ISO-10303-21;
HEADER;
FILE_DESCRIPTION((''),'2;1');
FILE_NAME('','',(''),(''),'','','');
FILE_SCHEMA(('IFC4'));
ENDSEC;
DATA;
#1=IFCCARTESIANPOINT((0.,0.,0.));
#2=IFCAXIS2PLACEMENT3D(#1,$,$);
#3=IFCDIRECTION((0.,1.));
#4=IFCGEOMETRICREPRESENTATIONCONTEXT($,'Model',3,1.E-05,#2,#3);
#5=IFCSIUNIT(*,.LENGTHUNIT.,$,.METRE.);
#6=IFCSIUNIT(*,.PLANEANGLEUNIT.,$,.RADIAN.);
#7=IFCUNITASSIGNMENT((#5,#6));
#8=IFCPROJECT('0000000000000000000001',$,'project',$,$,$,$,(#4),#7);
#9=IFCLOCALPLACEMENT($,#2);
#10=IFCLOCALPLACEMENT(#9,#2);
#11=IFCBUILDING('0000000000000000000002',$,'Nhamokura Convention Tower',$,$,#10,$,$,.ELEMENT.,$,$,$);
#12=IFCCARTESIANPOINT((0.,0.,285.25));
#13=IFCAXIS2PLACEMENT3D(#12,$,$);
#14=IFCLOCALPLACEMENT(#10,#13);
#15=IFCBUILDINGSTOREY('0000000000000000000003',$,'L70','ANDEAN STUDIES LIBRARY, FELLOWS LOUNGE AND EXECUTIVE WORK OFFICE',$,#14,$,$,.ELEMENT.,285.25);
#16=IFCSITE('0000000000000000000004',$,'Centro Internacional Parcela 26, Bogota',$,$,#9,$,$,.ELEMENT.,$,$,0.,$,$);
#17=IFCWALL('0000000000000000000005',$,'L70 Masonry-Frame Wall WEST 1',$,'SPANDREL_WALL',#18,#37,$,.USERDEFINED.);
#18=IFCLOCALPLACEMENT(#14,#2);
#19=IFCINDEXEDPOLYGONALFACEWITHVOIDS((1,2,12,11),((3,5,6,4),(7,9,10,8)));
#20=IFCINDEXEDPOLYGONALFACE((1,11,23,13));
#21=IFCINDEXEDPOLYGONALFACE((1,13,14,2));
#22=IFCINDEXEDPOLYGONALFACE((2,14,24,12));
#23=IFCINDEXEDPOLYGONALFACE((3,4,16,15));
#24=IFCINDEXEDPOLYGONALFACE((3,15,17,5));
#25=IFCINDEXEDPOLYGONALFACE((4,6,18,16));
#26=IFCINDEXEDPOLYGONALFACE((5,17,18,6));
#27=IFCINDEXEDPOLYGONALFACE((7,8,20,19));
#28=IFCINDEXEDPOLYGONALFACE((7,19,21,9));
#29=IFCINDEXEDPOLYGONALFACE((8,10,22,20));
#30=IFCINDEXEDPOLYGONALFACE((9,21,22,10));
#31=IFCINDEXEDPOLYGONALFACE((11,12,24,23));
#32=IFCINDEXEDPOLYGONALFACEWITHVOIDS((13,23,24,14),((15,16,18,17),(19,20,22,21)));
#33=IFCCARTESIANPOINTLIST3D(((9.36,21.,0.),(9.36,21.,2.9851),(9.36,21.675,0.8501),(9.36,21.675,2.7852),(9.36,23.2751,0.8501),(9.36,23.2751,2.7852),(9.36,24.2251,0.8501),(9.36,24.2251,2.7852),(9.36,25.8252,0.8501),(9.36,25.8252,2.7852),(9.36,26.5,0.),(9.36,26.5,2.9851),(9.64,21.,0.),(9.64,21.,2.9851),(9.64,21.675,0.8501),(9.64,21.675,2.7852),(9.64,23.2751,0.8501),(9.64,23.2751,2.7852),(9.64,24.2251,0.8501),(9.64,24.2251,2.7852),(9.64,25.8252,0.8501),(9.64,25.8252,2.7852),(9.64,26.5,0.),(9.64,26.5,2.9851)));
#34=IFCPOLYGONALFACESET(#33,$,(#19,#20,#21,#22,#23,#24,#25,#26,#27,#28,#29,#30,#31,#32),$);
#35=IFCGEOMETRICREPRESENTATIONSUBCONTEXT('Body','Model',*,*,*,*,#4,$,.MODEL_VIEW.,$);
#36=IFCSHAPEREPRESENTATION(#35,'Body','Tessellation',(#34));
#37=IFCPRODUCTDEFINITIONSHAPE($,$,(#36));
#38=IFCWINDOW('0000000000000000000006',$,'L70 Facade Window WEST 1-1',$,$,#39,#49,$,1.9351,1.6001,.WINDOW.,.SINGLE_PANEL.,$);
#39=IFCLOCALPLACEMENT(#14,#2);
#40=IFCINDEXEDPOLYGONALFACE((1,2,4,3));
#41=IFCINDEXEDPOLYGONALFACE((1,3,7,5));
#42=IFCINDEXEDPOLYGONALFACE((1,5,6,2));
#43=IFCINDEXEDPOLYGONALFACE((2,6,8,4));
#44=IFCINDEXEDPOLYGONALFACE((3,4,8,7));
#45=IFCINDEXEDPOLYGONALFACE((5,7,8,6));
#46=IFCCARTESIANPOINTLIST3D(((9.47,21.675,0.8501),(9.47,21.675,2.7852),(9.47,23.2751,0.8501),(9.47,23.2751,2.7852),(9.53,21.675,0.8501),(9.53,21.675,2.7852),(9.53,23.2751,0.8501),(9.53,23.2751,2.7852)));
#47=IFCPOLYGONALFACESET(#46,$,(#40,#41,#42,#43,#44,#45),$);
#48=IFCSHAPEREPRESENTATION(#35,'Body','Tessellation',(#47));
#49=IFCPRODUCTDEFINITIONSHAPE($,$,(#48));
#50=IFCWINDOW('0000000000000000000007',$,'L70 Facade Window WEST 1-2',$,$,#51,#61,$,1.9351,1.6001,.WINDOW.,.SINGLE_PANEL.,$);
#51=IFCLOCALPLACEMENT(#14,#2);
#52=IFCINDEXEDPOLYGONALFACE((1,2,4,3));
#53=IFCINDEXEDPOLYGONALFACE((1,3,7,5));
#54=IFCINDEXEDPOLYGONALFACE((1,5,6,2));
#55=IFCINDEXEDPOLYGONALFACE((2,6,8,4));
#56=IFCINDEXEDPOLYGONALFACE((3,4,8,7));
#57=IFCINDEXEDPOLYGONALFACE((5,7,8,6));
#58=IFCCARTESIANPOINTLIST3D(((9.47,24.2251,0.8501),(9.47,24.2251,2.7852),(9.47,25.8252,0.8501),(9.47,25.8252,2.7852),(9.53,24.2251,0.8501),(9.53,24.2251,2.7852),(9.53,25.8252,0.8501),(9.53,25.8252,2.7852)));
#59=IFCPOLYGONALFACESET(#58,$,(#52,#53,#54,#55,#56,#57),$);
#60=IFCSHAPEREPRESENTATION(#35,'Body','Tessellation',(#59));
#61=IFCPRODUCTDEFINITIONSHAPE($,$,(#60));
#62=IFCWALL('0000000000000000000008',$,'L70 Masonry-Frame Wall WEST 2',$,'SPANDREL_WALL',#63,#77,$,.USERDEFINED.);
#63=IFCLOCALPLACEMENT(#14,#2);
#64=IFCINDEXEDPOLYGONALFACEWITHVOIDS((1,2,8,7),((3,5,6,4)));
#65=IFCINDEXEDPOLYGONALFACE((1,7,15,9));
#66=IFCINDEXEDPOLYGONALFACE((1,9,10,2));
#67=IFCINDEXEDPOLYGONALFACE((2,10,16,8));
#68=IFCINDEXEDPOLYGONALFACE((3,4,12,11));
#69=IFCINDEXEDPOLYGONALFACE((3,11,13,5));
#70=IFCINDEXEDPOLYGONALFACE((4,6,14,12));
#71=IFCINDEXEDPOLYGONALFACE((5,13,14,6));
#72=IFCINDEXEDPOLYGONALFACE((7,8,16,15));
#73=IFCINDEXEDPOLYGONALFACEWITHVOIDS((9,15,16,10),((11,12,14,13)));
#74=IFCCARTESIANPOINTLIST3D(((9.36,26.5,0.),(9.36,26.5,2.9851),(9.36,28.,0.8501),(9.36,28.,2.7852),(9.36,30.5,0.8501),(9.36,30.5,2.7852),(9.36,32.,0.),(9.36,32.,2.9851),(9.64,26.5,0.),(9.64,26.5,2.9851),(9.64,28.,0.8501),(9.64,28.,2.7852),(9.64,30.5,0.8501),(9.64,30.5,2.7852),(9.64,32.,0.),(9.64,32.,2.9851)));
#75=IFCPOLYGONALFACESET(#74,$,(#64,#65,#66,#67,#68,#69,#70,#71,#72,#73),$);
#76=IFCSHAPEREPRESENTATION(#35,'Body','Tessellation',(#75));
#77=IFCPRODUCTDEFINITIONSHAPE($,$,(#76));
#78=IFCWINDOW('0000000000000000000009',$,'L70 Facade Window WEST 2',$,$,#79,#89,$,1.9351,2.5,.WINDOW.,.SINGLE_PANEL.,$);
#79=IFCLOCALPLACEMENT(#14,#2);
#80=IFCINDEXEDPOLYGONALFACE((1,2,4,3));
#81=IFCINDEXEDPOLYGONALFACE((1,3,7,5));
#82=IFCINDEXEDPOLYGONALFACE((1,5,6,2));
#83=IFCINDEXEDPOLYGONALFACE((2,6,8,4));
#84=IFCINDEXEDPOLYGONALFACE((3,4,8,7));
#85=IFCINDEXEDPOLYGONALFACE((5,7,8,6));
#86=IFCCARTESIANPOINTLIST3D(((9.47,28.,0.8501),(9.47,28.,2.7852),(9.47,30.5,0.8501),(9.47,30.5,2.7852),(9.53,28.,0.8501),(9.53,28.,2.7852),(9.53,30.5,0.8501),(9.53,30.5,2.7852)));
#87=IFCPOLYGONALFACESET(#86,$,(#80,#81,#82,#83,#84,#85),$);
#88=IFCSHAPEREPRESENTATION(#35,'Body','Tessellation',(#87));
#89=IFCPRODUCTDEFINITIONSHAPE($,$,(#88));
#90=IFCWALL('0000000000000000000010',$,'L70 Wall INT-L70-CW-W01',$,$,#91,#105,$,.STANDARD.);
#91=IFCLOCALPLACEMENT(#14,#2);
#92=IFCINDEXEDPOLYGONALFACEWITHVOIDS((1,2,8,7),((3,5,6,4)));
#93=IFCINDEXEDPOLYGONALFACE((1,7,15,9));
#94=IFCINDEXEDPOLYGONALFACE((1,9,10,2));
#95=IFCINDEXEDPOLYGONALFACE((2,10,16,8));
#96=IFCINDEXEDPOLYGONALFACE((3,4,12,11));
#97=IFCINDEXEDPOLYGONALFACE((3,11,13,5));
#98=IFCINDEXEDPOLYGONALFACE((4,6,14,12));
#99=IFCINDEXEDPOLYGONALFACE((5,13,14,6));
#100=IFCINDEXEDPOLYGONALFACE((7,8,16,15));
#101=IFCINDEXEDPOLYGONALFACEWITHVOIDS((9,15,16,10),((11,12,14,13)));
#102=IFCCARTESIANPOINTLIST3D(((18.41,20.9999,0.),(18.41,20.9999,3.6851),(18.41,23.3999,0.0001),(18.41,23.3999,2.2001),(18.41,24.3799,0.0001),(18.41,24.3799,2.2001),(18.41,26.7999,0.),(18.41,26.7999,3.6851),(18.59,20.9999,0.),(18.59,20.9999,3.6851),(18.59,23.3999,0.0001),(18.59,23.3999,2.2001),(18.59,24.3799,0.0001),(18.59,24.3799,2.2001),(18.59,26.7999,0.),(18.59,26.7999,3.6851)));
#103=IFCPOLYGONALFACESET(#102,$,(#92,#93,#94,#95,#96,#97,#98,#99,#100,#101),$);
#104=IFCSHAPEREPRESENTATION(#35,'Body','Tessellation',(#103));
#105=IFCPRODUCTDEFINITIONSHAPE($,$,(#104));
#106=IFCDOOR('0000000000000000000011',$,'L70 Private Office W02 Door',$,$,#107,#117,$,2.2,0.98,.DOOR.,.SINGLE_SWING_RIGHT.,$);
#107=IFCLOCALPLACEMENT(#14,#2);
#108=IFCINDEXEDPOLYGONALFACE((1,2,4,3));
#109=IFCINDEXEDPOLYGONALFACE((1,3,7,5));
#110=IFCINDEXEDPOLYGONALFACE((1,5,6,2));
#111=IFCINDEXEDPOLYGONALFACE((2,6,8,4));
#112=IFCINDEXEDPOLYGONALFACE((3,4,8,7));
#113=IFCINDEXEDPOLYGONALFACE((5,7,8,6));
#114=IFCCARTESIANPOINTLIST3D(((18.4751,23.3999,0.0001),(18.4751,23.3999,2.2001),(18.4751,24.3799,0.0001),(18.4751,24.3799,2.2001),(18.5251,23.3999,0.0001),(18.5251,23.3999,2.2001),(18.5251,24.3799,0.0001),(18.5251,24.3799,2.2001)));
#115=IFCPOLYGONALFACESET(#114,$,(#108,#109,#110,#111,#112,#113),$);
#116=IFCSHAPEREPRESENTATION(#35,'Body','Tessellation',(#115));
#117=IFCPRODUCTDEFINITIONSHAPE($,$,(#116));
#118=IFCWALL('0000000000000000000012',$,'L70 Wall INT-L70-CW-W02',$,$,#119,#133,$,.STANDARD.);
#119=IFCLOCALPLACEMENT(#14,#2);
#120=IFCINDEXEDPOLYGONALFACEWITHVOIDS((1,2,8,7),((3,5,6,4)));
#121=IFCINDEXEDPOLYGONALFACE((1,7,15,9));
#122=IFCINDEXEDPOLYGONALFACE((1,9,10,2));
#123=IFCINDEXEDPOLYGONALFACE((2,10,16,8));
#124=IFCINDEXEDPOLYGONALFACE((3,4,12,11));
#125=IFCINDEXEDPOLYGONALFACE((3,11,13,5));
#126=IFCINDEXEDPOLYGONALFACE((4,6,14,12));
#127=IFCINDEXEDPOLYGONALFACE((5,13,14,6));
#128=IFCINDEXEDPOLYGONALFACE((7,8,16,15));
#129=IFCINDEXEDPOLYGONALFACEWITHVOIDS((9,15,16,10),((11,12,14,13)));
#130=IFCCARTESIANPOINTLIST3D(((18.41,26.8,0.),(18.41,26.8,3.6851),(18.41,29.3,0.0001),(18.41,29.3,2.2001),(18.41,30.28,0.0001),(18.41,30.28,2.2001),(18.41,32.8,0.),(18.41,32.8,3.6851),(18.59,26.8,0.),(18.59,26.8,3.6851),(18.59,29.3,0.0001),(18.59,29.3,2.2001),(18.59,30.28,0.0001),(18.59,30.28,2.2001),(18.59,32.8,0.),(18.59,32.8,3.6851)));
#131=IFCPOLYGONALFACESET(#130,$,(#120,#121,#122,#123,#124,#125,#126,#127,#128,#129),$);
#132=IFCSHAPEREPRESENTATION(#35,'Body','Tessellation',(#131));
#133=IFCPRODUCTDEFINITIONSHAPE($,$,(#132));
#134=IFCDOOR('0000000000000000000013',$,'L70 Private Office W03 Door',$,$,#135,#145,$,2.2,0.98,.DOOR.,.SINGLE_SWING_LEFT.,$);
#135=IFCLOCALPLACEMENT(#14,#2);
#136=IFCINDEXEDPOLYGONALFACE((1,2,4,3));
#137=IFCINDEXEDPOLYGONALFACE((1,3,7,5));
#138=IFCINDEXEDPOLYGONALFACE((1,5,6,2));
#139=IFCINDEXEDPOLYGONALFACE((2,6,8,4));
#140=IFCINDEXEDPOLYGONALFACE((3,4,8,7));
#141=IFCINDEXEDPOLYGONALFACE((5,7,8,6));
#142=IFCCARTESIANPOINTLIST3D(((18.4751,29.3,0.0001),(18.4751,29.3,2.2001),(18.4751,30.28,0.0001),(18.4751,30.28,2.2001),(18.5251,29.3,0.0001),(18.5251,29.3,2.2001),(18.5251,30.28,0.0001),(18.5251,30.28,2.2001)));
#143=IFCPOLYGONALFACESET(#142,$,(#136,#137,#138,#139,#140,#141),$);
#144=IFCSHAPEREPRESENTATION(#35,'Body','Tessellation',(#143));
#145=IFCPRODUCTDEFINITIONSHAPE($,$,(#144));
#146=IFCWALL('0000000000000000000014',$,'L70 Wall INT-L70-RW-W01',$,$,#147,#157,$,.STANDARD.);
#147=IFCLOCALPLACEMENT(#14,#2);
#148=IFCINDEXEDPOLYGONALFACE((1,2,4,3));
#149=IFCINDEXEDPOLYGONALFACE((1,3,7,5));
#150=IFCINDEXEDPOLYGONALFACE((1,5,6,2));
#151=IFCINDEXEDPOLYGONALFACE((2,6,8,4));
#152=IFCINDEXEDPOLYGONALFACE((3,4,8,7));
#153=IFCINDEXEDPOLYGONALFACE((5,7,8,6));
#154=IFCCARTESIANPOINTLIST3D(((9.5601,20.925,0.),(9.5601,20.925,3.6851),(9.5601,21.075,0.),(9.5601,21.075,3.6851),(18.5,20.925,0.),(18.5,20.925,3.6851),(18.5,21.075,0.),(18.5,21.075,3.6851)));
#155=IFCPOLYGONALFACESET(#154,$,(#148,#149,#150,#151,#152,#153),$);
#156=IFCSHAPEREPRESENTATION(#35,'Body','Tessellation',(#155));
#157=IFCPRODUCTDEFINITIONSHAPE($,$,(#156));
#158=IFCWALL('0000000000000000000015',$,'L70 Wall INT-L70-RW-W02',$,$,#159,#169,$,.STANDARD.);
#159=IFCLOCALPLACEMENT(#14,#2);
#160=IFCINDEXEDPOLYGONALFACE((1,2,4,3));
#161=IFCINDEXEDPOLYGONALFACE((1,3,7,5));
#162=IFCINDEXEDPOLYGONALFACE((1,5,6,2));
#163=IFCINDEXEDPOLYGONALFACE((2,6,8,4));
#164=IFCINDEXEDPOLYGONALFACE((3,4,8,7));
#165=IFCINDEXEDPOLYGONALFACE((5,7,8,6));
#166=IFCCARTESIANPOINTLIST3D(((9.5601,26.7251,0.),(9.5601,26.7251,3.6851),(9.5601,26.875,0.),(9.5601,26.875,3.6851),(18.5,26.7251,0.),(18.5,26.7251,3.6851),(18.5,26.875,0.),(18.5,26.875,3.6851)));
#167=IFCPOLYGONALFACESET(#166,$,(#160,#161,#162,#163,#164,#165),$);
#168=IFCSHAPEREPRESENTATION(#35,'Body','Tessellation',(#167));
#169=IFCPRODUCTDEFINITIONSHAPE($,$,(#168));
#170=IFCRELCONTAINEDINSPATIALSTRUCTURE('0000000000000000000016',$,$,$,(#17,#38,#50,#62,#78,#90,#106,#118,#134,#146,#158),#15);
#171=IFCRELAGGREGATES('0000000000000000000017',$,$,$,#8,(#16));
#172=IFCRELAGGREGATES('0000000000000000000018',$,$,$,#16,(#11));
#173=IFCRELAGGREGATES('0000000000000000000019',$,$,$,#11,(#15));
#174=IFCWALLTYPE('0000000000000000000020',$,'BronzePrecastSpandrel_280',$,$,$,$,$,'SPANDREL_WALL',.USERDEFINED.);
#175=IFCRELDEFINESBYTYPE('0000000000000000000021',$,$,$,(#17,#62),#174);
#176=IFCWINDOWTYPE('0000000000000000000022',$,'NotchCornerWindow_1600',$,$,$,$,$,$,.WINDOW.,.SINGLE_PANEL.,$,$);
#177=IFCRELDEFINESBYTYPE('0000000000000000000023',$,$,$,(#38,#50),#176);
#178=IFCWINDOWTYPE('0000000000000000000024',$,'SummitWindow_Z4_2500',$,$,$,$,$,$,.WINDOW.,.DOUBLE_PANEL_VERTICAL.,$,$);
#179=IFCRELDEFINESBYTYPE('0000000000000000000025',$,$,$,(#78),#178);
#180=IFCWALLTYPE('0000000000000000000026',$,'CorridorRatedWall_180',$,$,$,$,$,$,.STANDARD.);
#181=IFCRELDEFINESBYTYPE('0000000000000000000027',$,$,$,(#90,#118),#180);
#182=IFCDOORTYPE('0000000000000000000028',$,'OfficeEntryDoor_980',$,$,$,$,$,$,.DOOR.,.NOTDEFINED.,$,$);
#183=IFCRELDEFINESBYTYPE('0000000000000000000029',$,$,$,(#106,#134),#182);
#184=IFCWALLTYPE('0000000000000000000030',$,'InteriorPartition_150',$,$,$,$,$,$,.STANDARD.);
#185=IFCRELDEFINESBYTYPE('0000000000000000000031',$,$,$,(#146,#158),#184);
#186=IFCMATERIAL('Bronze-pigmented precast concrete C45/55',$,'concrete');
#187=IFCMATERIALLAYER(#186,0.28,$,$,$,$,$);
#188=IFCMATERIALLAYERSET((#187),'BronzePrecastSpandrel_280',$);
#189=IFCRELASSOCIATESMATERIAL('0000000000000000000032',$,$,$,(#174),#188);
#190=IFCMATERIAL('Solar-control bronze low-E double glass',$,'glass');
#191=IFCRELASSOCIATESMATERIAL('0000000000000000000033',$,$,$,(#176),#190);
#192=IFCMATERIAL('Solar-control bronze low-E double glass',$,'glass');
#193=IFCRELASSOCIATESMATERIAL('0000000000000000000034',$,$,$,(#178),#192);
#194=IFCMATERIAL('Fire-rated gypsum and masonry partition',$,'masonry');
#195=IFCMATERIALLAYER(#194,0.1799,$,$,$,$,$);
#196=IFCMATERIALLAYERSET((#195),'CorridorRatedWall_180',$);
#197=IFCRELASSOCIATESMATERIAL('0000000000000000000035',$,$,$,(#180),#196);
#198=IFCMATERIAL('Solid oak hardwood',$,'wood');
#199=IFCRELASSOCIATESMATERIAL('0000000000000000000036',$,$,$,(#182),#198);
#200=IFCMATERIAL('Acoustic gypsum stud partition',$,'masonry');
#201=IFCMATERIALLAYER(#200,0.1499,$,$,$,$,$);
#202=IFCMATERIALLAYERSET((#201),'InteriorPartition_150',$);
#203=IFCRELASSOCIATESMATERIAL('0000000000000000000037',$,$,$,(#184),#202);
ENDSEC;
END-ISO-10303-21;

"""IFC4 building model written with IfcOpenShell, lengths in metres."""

from ifc_helpers import new_model, si_unit, direction, frame, frame_2d, origin, place, context, subcontext, project, spatial, rectangle, extrude, material, layer, layer_set, type_object, element, fill, save


model = new_model("IFC4")

# Units and contexts
model_context = context("Model", 3, precision=1e-05, world=origin(), true_north=direction((0.0, 1.0)))
body_context = subcontext(model_context, "Body", "Model", "MODEL_VIEW")
ifc_project = project(units=[si_unit("LENGTHUNIT", "METRE"), si_unit("PLANEANGLEUNIT", "RADIAN")], contexts=[model_context])

# Site, building, storey
site_placement = place(None, origin())
site = spatial("IfcSite", under=ifc_project, at=site_placement, Name="Centro Internacional Parcela 26, Bogota", CompositionType="ELEMENT", RefElevation=0.0)
building_placement = place(site_placement, origin())
building = spatial("IfcBuilding", under=site, at=building_placement, Name="Nhamokura Convention Tower", CompositionType="ELEMENT")
storey_placement = place(building_placement, frame((0.0, 0.0, 285.25)))
storey = spatial("IfcBuildingStorey", under=building, at=storey_placement, Name="L70", Description="ANDEAN STUDIES LIBRARY, FELLOWS LOUNGE AND EXECUTIVE WORK OFFICE", CompositionType="ELEMENT", Elevation=285.25)

# Wall, openings, windows
ifc_material_1 = material(Name="Bronze-pigmented precast concrete C45/55", Category="concrete")
ifc_layer_1 = layer(ifc_material_1, 0.28)
ifc_layer_set_1 = layer_set([ifc_layer_1], Name="BronzePrecastSpandrel_280")
wall_type_1 = type_object("IfcWallType", Name="BronzePrecastSpandrel_280", ElementType="SPANDREL_WALL", PredefinedType="USERDEFINED", material=ifc_layer_set_1)
wall_1_placement = place(storey_placement, frame((9.5, 21.0, 0.0), z_axis=(0.0, 0.0, 1.0), x_axis=(0.0, 1.0, 0.0)))
wall_1 = element("IfcWall", 1, at=wall_1_placement, inside=storey, type_object=wall_type_1, Name="L70 Masonry-Frame Wall WEST 1", ObjectType="SPANDREL_WALL", PredefinedType="USERDEFINED", context=body_context, shape_type="SweptSolid", body=[
    extrude(rectangle(XDim=5.5, YDim=0.28, at=frame_2d((2.75, 0.0))), origin(), (0.0, 0.0, 1.0), 2.9851),
])
opening_1_placement = place(wall_1_placement, frame((0.675, 0.0, 0.8501)))
opening_1 = element("IfcOpeningElement", 2, at=opening_1_placement, cuts=wall_1, PredefinedType="OPENING", context=body_context, shape_type="SweptSolid", body=[
    extrude(rectangle(XDim=1.6001, YDim=1.9351, at=frame_2d((0.8, 0.9675))), frame((0.0, 0.1499, 0.0), z_axis=(0.0, -1.0, 0.0), x_axis=(1.0, 0.0, 0.0)), (0.0, 0.0, 1.0), 0.3),
])
opening_2_placement = place(wall_1_placement, frame((3.2251, 0.0, 0.8501)))
opening_2 = element("IfcOpeningElement", 3, at=opening_2_placement, cuts=wall_1, PredefinedType="OPENING", context=body_context, shape_type="SweptSolid", body=[
    extrude(rectangle(XDim=1.6001, YDim=1.9351, at=frame_2d((0.8, 0.9675))), frame((0.0, 0.1499, 0.0), z_axis=(0.0, -1.0, 0.0), x_axis=(1.0, 0.0, 0.0)), (0.0, 0.0, 1.0), 0.3),
])
ifc_material_2 = material(Name="Solar-control bronze low-E double glass", Category="glass")
window_type_1 = type_object("IfcWindowType", Name="NotchCornerWindow_1600", PartitioningType="SINGLE_PANEL", PredefinedType="WINDOW", material=ifc_material_2)
window_1_placement = place(opening_1_placement, origin())
window_1 = element("IfcWindow", 4, at=window_1_placement, inside=storey, type_object=window_type_1, Name="L70 Facade Window WEST 1-1", OverallHeight=1.9351, OverallWidth=1.6001, PartitioningType="SINGLE_PANEL", PredefinedType="WINDOW", context=body_context, shape_type="SweptSolid", body=[
    extrude(rectangle(XDim=1.6001, YDim=1.9351, at=frame_2d((0.8, 0.9675))), frame((0.0, 0.03, 0.0), z_axis=(0.0, -1.0, 0.0), x_axis=(1.0, 0.0, 0.0)), (0.0, 0.0, 1.0), 0.0601),
])
fill(opening_1, window_1)
window_2_placement = place(opening_2_placement, origin())
window_2 = element("IfcWindow", 5, at=window_2_placement, inside=storey, type_object=window_type_1, Name="L70 Facade Window WEST 1-2", OverallHeight=1.9351, OverallWidth=1.6001, PartitioningType="SINGLE_PANEL", PredefinedType="WINDOW", context=body_context, shape_type="SweptSolid", body=[
    extrude(rectangle(XDim=1.6001, YDim=1.9351, at=frame_2d((0.8, 0.9675))), frame((0.0, 0.03, 0.0), z_axis=(0.0, -1.0, 0.0), x_axis=(1.0, 0.0, 0.0)), (0.0, 0.0, 1.0), 0.0601),
])
fill(opening_2, window_2)

# Wall, opening, window
wall_2_placement = place(storey_placement, frame((9.5, 26.5, 0.0), z_axis=(0.0, 0.0, 1.0), x_axis=(0.0, 1.0, 0.0)))
wall_2 = element("IfcWall", 6, at=wall_2_placement, inside=storey, type_object=wall_type_1, Name="L70 Masonry-Frame Wall WEST 2", ObjectType="SPANDREL_WALL", PredefinedType="USERDEFINED", context=body_context, shape_type="SweptSolid", body=[
    extrude(rectangle(XDim=5.5, YDim=0.28, at=frame_2d((2.75, 0.0))), origin(), (0.0, 0.0, 1.0), 2.9851),
])
opening_3_placement = place(wall_2_placement, frame((1.5, 0.0, 0.8501)))
opening_3 = element("IfcOpeningElement", 7, at=opening_3_placement, cuts=wall_2, PredefinedType="OPENING", context=body_context, shape_type="SweptSolid", body=[
    extrude(rectangle(XDim=2.5, YDim=1.9351, at=frame_2d((1.25, 0.9675))), frame((0.0, 0.1499, 0.0), z_axis=(0.0, -1.0, 0.0), x_axis=(1.0, 0.0, 0.0)), (0.0, 0.0, 1.0), 0.3),
])
ifc_material_3 = material(Name="Solar-control bronze low-E double glass", Category="glass")
window_type_2 = type_object("IfcWindowType", Name="SummitWindow_Z4_2500", PartitioningType="DOUBLE_PANEL_VERTICAL", PredefinedType="WINDOW", material=ifc_material_3)
window_3_placement = place(opening_3_placement, origin())
window_3 = element("IfcWindow", 8, at=window_3_placement, inside=storey, type_object=window_type_2, Name="L70 Facade Window WEST 2", OverallHeight=1.9351, OverallWidth=2.5, PartitioningType="SINGLE_PANEL", PredefinedType="WINDOW", context=body_context, shape_type="SweptSolid", body=[
    extrude(rectangle(XDim=2.5, YDim=1.9351, at=frame_2d((1.25, 0.9675))), frame((0.0, 0.03, 0.0), z_axis=(0.0, -1.0, 0.0), x_axis=(1.0, 0.0, 0.0)), (0.0, 0.0, 1.0), 0.0601),
])
fill(opening_3, window_3)

# Walls, openings, doors
ifc_material_4 = material(Name="Fire-rated gypsum and masonry partition", Category="masonry")
ifc_layer_2 = layer(ifc_material_4, 0.1799)
ifc_layer_set_2 = layer_set([ifc_layer_2], Name="CorridorRatedWall_180")
wall_type_2 = type_object("IfcWallType", Name="CorridorRatedWall_180", PredefinedType="STANDARD", material=ifc_layer_set_2)
wall_3_placement = place(storey_placement, frame((18.5, 21.0, 0.0), z_axis=(0.0, 0.0, 1.0), x_axis=(0.0, 1.0, 0.0)))
wall_3 = element("IfcWall", 9, at=wall_3_placement, inside=storey, type_object=wall_type_2, Name="L70 Wall INT-L70-CW-W01", PredefinedType="STANDARD", context=body_context, shape_type="SweptSolid", body=[
    extrude(rectangle(XDim=5.8, YDim=0.1799, at=frame_2d((2.8999, 0.0))), origin(), (0.0, 0.0, 1.0), 3.6851),
])
opening_4_placement = place(wall_3_placement, frame((2.3999, 0.0, 0.0)))
opening_4 = element("IfcOpeningElement", 10, at=opening_4_placement, cuts=wall_3, PredefinedType="OPENING", context=body_context, shape_type="SweptSolid", body=[
    extrude(rectangle(XDim=0.98, YDim=2.2, at=frame_2d((0.49, 1.1001))), frame((0.0, 0.0999, 0.0), z_axis=(0.0, -1.0, 0.0), x_axis=(1.0, 0.0, 0.0)), (0.0, 0.0, 1.0), 0.2),
])
ifc_material_5 = material(Name="Solid oak hardwood", Category="wood")
door_type = type_object("IfcDoorType", Name="OfficeEntryDoor_980", OperationType="NOTDEFINED", PredefinedType="DOOR", material=ifc_material_5)
door_1_placement = place(opening_4_placement, origin())
door_1 = element("IfcDoor", 11, at=door_1_placement, inside=storey, type_object=door_type, Name="L70 Private Office W02 Door", OperationType="SINGLE_SWING_RIGHT", OverallHeight=2.2, OverallWidth=0.98, PredefinedType="DOOR", context=body_context, shape_type="SweptSolid", body=[
    extrude(rectangle(XDim=0.98, YDim=2.2, at=frame_2d((0.49, 1.1001))), frame((0.0, 0.0249, 0.0), z_axis=(0.0, -1.0, 0.0), x_axis=(1.0, 0.0, 0.0)), (0.0, 0.0, 1.0), 0.05),
])
fill(opening_4, door_1)
wall_4_placement = place(storey_placement, frame((18.5, 26.8, 0.0), z_axis=(0.0, 0.0, 1.0), x_axis=(0.0, 1.0, 0.0)))
wall_4 = element("IfcWall", 12, at=wall_4_placement, inside=storey, type_object=wall_type_2, Name="L70 Wall INT-L70-CW-W02", PredefinedType="STANDARD", context=body_context, shape_type="SweptSolid", body=[
    extrude(rectangle(XDim=6.0, YDim=0.1799, at=frame_2d((3.0, 0.0))), origin(), (0.0, 0.0, 1.0), 3.6851),
])
opening_5_placement = place(wall_4_placement, frame((2.5, 0.0, 0.0)))
opening_5 = element("IfcOpeningElement", 13, at=opening_5_placement, cuts=wall_4, PredefinedType="OPENING", context=body_context, shape_type="SweptSolid", body=[
    extrude(rectangle(XDim=0.98, YDim=2.2, at=frame_2d((0.49, 1.1001))), frame((0.0, 0.0999, 0.0), z_axis=(0.0, -1.0, 0.0), x_axis=(1.0, 0.0, 0.0)), (0.0, 0.0, 1.0), 0.2),
])
door_2_placement = place(opening_5_placement, origin())
door_2 = element("IfcDoor", 14, at=door_2_placement, inside=storey, type_object=door_type, Name="L70 Private Office W03 Door", OperationType="SINGLE_SWING_LEFT", OverallHeight=2.2, OverallWidth=0.98, PredefinedType="DOOR", context=body_context, shape_type="SweptSolid", body=[
    extrude(rectangle(XDim=0.98, YDim=2.2, at=frame_2d((0.49, 1.1001))), frame((0.0, 0.0249, 0.0), z_axis=(0.0, -1.0, 0.0), x_axis=(1.0, 0.0, 0.0)), (0.0, 0.0, 1.0), 0.05),
])
fill(opening_5, door_2)

# Walls
ifc_material_6 = material(Name="Acoustic gypsum stud partition", Category="masonry")
ifc_layer_3 = layer(ifc_material_6, 0.1499)
ifc_layer_set_3 = layer_set([ifc_layer_3], Name="InteriorPartition_150")
wall_type_3 = type_object("IfcWallType", Name="InteriorPartition_150", PredefinedType="STANDARD", material=ifc_layer_set_3)
for number, where, z_axis, x_axis, name in (
    (15, (9.5601, 21.0, 0.0), (0.0, 0.0, 1.0), (1.0, 0.0, 0.0), "L70 Wall INT-L70-RW-W01"),
    (16, (9.5601, 26.8, 0.0), (0.0, 0.0, 1.0), (1.0, 0.0, 0.0), "L70 Wall INT-L70-RW-W02"),
):
    element("IfcWall", number, at=place(storey_placement, frame(where, z_axis=z_axis, x_axis=x_axis)), inside=storey, type_object=wall_type_3, Name=name, PredefinedType="STANDARD", context=body_context, shape_type="SweptSolid", body=[
        extrude(rectangle(XDim=8.9399, YDim=0.1499, at=frame_2d((4.47, 0.0))), origin(), (0.0, 0.0, 1.0), 3.6851),
    ])

save(model, "model.ifc")
